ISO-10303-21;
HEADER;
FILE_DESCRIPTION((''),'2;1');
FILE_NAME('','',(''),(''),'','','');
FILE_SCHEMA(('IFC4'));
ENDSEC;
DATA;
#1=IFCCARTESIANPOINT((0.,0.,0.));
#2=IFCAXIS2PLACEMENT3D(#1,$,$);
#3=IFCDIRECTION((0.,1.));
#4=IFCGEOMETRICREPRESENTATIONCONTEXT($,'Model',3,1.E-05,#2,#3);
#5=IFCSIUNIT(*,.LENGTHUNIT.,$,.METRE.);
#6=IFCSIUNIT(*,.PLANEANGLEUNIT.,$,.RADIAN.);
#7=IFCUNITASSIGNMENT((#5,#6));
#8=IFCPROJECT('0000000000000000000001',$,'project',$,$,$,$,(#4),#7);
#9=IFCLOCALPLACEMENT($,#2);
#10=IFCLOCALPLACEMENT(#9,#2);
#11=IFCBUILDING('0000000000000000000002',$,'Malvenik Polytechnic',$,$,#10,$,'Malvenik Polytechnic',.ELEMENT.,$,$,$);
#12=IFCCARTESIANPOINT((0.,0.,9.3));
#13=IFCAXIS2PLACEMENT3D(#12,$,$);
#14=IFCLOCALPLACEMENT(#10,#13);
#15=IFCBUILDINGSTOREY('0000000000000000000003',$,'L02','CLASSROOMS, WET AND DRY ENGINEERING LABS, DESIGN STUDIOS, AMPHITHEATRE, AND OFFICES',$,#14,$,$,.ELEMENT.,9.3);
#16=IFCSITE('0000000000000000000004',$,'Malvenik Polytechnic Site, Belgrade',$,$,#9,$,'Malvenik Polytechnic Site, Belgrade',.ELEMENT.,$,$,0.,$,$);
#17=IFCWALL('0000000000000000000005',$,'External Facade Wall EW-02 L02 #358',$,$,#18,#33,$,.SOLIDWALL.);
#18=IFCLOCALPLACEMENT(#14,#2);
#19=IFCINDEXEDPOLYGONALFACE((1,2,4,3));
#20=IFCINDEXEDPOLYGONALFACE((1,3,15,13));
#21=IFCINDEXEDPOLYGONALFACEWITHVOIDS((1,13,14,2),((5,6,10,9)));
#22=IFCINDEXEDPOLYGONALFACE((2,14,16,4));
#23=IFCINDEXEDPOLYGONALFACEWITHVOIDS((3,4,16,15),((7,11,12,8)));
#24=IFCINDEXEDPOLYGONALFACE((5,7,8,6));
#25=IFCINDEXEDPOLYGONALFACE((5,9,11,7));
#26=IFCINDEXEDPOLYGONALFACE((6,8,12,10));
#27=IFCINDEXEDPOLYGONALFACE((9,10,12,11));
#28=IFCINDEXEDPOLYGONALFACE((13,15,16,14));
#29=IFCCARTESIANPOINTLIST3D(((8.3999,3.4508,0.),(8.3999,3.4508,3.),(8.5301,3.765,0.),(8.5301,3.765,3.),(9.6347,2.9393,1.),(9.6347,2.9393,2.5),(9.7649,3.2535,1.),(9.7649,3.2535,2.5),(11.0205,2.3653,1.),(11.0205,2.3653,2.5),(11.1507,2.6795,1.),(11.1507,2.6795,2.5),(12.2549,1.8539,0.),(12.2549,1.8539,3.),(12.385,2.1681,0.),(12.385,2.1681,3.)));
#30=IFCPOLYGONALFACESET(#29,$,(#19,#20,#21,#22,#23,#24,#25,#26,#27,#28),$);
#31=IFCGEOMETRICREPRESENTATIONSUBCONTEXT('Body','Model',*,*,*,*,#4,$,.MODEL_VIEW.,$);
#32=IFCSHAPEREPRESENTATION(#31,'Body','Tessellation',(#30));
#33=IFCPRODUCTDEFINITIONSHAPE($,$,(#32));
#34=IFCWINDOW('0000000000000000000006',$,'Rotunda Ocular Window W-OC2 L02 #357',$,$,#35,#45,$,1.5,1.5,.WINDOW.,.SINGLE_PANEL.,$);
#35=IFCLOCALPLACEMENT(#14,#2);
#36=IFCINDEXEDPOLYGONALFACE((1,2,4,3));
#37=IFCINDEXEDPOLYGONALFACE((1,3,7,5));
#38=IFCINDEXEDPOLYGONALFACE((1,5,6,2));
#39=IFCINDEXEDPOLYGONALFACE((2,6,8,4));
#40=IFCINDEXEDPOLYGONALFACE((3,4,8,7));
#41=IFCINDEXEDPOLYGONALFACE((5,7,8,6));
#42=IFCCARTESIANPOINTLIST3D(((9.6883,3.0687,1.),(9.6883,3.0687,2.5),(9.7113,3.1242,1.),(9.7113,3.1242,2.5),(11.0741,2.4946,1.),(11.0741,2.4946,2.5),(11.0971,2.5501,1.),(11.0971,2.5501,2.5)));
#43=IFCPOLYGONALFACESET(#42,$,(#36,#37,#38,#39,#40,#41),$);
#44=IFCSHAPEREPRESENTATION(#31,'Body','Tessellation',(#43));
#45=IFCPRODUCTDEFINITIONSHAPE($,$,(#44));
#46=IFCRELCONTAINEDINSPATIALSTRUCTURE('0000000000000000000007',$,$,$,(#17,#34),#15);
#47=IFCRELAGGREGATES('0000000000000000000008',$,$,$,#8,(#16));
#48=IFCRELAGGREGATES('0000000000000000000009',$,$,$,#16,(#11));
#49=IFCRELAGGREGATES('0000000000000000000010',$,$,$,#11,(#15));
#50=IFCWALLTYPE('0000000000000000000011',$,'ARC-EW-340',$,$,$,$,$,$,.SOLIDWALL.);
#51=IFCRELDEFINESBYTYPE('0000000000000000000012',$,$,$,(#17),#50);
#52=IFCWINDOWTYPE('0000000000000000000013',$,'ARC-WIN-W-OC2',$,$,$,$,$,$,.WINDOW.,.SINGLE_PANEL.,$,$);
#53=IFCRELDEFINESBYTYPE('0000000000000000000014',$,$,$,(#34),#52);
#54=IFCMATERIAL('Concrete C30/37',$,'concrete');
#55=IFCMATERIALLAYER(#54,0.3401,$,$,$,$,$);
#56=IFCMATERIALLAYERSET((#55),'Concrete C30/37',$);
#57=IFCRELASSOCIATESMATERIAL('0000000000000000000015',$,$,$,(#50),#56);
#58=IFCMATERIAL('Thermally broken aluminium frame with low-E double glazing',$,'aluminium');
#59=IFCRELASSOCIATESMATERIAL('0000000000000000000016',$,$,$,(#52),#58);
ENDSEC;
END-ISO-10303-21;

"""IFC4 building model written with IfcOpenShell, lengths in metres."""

from ifc_helpers import new_model, si_unit, direction, frame, frame_2d, origin, place, context, subcontext, project, spatial, rectangle, extrude, material, layer, layer_set, type_object, element, fill, save


model = new_model("IFC4")

# Units and contexts
model_context = context("Model", 3, precision=1e-05, world=origin(), true_north=direction((0.0, 1.0)))
body_context = subcontext(model_context, "Body", "Model", "MODEL_VIEW")
ifc_project = project(units=[si_unit("LENGTHUNIT", "METRE"), si_unit("PLANEANGLEUNIT", "RADIAN")], contexts=[model_context])

# Site, building, storey
site_placement = place(None, origin())
site = spatial("IfcSite", under=ifc_project, at=site_placement, Name="Malvenik Polytechnic Site, Belgrade", LongName="Malvenik Polytechnic Site, Belgrade", CompositionType="ELEMENT", RefElevation=0.0)
building_placement = place(site_placement, origin())
building = spatial("IfcBuilding", under=site, at=building_placement, Name="Malvenik Polytechnic", LongName="Malvenik Polytechnic", CompositionType="ELEMENT")
storey_placement = place(building_placement, frame((0.0, 0.0, 9.3)))
storey = spatial("IfcBuildingStorey", under=building, at=storey_placement, Name="L02", Description="CLASSROOMS, WET AND DRY ENGINEERING LABS, DESIGN STUDIOS, AMPHITHEATRE, AND OFFICES", CompositionType="ELEMENT", Elevation=9.3)

# Wall, opening, window
ifc_material_1 = material(Name="Concrete C30/37", Category="concrete")
ifc_layer_1 = layer(ifc_material_1, 0.3401)
ifc_layer_set_1 = layer_set([ifc_layer_1], Name="Concrete C30/37")
wall_type = type_object("IfcWallType", Name="ARC-EW-340", PredefinedType="SOLIDWALL", material=ifc_layer_set_1)
ifc_material_2 = material(Name="Thermally broken aluminium frame with low-E double glazing", Category="aluminium")
window_type = type_object("IfcWindowType", Name="ARC-WIN-W-OC2", PartitioningType="SINGLE_PANEL", PredefinedType="WINDOW", material=ifc_material_2)
wall_1_placement = place(storey_placement, frame((12.3201, 2.011, 0.0), z_axis=(0.0, 0.0, 1.0), x_axis=(-0.923868, 0.382712, 0.0)))
wall_1 = element("IfcWall", 1, at=wall_1_placement, inside=storey, type_object=wall_type, Name="External Facade Wall EW-02 L02 #358", PredefinedType="SOLIDWALL", context=body_context, shape_type="SweptSolid", body=[
    extrude(rectangle(XDim=4.1726, YDim=0.3401, at=frame_2d((2.0864, 0.0))), origin(), (0.0, 0.0, 1.0), 3.0),
])
opening_1_placement = place(wall_1_placement, frame((1.3362, 0.0, 1.0)))
opening_1 = element("IfcOpeningElement", 2, at=opening_1_placement, cuts=wall_1, PredefinedType="OPENING", context=body_context, shape_type="SweptSolid", body=[
    extrude(rectangle(XDim=1.5, YDim=1.5, at=frame_2d((0.75, 0.75))), frame((0.0, 0.1802, 0.0), z_axis=(0.0, -1.0, 0.0), x_axis=(1.0, 0.0, 0.0)), (0.0, 0.0, 1.0), 0.3601),
])
window_1_placement = place(opening_1_placement, origin())
window_1 = element("IfcWindow", 3, at=window_1_placement, inside=storey, type_object=window_type, Name="Rotunda Ocular Window W-OC2 L02 #357", OverallHeight=1.5, OverallWidth=1.5, PartitioningType="SINGLE_PANEL", PredefinedType="WINDOW", context=body_context, shape_type="SweptSolid", body=[
    extrude(rectangle(XDim=1.5, YDim=1.5, at=frame_2d((0.75, 0.75))), frame((0.0, 0.03, 0.0), z_axis=(0.0, -1.0, 0.0), x_axis=(1.0, 0.0, 0.0)), (0.0, 0.0, 1.0), 0.0601),
])
fill(opening_1, window_1)

save(model, "model.ifc")
